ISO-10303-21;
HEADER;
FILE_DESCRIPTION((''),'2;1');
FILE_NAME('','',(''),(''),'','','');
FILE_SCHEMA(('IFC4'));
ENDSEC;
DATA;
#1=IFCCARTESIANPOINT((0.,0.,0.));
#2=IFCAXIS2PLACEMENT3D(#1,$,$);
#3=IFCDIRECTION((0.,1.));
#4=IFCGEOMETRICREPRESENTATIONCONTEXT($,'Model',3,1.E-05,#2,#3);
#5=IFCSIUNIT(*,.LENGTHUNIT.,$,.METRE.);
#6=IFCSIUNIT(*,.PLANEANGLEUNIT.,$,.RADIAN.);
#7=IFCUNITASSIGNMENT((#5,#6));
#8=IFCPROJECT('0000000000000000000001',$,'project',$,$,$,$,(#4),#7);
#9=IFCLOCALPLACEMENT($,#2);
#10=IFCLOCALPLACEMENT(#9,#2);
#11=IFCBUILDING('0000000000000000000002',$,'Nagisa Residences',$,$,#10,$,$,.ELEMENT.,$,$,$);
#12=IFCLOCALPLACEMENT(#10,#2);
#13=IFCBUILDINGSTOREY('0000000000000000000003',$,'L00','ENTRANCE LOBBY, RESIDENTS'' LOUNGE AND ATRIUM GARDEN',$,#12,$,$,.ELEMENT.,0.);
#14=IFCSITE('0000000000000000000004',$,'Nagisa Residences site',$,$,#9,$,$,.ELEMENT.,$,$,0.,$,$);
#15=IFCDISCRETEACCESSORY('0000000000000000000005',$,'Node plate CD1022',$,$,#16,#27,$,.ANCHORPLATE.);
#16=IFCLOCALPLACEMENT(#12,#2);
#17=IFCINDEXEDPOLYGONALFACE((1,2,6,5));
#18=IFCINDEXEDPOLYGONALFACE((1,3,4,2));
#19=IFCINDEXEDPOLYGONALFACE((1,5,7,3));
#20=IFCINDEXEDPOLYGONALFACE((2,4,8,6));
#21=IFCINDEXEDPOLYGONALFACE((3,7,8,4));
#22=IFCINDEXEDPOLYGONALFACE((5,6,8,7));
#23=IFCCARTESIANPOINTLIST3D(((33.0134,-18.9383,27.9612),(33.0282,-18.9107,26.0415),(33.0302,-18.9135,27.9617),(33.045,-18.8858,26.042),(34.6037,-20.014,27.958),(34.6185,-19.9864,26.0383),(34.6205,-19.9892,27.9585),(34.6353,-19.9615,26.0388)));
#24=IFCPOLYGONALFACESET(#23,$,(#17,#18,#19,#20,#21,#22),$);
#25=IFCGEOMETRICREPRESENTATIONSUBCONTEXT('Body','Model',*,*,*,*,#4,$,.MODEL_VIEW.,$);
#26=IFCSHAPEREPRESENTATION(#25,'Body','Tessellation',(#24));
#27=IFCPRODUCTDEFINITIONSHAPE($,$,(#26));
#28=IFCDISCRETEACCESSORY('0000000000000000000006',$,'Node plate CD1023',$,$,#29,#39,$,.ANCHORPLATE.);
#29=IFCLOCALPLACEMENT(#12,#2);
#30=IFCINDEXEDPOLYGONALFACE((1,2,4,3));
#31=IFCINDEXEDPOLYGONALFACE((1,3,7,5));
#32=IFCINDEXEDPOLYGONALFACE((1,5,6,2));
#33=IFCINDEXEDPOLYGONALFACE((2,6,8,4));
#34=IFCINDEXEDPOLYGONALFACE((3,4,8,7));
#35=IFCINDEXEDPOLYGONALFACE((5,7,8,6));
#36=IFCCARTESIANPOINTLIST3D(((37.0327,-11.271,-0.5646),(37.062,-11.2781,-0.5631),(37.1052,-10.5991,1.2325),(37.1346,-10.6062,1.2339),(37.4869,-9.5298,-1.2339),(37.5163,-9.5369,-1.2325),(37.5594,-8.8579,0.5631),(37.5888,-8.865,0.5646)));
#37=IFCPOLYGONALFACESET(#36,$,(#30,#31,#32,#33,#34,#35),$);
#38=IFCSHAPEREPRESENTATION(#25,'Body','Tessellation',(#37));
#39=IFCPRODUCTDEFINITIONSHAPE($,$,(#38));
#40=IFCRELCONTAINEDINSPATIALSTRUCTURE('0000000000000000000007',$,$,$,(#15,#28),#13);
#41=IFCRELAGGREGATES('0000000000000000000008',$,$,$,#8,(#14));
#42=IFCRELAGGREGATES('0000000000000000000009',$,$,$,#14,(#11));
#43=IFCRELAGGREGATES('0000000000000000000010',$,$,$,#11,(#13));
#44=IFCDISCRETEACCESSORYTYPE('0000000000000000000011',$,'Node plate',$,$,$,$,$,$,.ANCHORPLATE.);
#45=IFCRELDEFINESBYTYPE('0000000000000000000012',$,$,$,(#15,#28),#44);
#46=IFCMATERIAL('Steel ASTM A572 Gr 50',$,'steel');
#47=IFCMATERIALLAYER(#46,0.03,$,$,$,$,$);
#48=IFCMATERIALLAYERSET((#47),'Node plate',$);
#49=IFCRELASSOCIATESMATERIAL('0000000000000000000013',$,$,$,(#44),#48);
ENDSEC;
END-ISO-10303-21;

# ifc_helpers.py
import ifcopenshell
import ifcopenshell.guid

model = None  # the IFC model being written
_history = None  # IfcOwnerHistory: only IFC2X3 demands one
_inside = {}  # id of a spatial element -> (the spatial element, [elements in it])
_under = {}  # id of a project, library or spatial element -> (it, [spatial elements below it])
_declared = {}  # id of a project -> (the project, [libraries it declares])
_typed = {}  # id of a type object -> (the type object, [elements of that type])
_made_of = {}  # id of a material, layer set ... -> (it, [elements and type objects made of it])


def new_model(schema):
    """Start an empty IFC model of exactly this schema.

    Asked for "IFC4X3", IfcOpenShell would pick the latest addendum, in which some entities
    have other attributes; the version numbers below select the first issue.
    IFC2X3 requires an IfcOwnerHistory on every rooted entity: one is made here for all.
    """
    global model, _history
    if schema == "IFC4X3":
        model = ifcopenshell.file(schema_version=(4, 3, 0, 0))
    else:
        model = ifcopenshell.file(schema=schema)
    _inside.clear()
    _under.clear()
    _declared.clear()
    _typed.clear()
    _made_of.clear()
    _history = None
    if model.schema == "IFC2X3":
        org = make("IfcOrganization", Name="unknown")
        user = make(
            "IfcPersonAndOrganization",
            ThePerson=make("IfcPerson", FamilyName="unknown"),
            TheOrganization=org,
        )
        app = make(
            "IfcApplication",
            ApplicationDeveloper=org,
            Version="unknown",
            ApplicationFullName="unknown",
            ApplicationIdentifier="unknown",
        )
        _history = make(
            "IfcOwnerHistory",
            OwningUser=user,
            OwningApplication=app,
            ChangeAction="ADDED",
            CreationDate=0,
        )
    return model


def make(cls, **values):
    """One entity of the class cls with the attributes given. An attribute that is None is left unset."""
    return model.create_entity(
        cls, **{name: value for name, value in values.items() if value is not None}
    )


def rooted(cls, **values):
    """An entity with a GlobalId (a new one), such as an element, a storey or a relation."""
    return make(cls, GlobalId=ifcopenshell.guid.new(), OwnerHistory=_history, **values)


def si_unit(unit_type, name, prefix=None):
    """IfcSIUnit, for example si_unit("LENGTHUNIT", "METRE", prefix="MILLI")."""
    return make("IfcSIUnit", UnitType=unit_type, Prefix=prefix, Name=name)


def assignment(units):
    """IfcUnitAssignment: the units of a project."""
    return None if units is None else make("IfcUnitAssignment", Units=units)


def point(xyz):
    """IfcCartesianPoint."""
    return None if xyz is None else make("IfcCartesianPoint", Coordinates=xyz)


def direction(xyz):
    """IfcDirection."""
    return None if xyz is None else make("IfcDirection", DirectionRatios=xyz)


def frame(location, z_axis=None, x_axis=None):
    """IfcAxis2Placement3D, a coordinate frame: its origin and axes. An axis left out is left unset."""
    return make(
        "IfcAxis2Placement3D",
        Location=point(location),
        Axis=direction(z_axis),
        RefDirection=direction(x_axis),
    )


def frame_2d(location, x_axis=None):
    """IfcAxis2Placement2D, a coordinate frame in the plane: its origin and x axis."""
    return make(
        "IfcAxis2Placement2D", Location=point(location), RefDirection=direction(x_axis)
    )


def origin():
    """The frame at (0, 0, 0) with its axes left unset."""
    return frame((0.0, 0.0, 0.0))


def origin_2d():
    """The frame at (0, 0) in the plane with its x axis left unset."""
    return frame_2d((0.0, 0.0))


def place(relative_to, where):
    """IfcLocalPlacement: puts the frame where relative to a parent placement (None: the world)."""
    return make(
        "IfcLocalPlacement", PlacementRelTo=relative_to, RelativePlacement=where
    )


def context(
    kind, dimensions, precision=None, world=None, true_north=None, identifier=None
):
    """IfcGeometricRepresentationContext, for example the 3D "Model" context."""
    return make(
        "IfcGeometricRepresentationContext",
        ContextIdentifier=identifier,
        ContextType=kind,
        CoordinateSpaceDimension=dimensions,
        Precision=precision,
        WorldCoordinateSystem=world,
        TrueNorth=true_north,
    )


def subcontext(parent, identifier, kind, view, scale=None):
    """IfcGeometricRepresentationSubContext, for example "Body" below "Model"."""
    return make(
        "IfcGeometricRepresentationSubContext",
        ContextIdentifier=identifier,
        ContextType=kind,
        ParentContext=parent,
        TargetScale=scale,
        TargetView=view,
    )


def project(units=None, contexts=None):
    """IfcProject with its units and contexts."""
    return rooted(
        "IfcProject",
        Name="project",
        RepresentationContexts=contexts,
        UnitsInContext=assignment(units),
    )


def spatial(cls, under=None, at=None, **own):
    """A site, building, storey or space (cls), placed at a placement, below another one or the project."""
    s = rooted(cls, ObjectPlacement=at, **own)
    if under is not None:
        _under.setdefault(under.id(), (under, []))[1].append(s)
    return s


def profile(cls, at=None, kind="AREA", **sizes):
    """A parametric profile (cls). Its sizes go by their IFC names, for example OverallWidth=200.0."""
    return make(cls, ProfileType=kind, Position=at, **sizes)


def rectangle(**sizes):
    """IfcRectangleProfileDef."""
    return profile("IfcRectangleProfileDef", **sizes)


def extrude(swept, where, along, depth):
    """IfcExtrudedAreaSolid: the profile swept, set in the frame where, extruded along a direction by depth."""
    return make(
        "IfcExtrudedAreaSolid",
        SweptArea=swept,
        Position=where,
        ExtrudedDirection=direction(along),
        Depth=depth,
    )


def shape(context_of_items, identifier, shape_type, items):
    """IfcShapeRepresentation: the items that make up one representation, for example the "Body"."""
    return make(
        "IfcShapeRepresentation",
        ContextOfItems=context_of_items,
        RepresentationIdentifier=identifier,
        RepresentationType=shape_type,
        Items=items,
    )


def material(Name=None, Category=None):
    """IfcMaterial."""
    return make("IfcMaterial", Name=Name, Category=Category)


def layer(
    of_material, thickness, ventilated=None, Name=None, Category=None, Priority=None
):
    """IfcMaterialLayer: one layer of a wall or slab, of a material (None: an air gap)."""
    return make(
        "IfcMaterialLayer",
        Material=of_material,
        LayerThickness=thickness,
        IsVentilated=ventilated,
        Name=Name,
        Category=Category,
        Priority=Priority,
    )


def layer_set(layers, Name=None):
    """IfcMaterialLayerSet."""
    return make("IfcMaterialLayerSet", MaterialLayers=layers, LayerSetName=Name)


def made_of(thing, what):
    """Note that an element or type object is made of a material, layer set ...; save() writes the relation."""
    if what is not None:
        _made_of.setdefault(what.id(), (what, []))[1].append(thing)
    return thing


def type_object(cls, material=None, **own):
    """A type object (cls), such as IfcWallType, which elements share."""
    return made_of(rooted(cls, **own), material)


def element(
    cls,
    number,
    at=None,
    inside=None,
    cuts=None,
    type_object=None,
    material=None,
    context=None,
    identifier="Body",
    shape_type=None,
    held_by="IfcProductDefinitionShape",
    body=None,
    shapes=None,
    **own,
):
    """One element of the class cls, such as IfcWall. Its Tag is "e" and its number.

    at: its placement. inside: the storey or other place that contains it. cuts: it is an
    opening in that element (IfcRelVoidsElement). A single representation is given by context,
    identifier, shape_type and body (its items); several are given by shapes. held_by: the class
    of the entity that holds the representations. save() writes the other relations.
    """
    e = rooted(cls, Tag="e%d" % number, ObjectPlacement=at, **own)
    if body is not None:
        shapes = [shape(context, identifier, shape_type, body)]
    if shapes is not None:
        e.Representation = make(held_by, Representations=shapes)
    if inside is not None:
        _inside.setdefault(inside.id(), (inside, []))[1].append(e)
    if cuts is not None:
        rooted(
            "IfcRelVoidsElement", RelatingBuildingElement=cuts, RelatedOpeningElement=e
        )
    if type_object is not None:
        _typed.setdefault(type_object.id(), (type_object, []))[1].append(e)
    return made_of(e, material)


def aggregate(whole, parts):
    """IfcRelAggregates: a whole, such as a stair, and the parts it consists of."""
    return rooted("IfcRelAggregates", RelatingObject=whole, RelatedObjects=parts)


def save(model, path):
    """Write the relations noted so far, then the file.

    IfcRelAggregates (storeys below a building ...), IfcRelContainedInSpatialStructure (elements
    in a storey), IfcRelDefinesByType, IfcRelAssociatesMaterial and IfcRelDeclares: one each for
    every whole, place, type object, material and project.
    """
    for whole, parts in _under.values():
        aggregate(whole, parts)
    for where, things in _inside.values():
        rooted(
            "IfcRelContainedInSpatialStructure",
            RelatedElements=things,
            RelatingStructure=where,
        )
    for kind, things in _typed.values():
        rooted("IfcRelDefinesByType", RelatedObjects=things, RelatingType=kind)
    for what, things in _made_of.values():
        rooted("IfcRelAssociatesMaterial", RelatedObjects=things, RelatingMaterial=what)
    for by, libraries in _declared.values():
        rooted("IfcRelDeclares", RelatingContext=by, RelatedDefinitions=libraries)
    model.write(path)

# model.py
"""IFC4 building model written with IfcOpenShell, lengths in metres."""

from ifc_helpers import new_model, si_unit, direction, frame, origin, origin_2d, place, context, subcontext, project, spatial, rectangle, extrude, material, layer, layer_set, type_object, element, save


model = new_model("IFC4")

# Units and contexts
model_context = context("Model", 3, precision=1e-05, world=origin(), true_north=direction((0.0, 1.0)))
body_context = subcontext(model_context, "Body", "Model", "MODEL_VIEW")
ifc_project = project(units=[si_unit("LENGTHUNIT", "METRE"), si_unit("PLANEANGLEUNIT", "RADIAN")], contexts=[model_context])

# Site, building, storey
site_placement = place(None, origin())
site = spatial("IfcSite", under=ifc_project, at=site_placement, Name="Nagisa Residences site", CompositionType="ELEMENT", RefElevation=0.0)
building_placement = place(site_placement, origin())
building = spatial("IfcBuilding", under=site, at=building_placement, Name="Nagisa Residences", CompositionType="ELEMENT")
storey_placement = place(building_placement, origin())
storey = spatial("IfcBuildingStorey", under=building, at=storey_placement, Name="L00", Description="ENTRANCE LOBBY, RESIDENTS' LOUNGE AND ATRIUM GARDEN", CompositionType="ELEMENT", Elevation=0.0)

# Discrete accessories
ifc_material_1 = material(Name="Steel ASTM A572 Gr 50", Category="steel")
ifc_layer_1 = layer(ifc_material_1, 0.03)
ifc_layer_set_1 = layer_set([ifc_layer_1], Name="Node plate")
discrete_accessory_type = type_object("IfcDiscreteAccessoryType", Name="Node plate", PredefinedType="ANCHORPLATE", material=ifc_layer_set_1)
discrete_accessory_1_placement = place(storey_placement, frame((33.8328, -19.4375, 27.0002), z_axis=(-0.560235, -0.828174, -0.016239), x_axis=(0.007709, 0.014391, -0.999867)))
element("IfcDiscreteAccessory", 1, at=discrete_accessory_1_placement, inside=storey, type_object=discrete_accessory_type, Name="Node plate CD1022", PredefinedType="ANCHORPLATE", context=body_context, shape_type="SweptSolid", body=[
    extrude(rectangle(XDim=1.9199, YDim=1.9199, at=origin_2d()), origin(), (0.0, 0.0, 1.0), 0.03),
])
discrete_accessory_2_placement = place(storey_placement, frame((37.3254, -10.0715, 0.0007), z_axis=(-0.970873, 0.234628, -0.048544), x_axis=(0.037779, 0.34998, 0.935995)))
element("IfcDiscreteAccessory", 2, at=discrete_accessory_2_placement, inside=storey, type_object=discrete_accessory_type, Name="Node plate CD1023", PredefinedType="ANCHORPLATE", context=body_context, shape_type="SweptSolid", body=[
    extrude(rectangle(XDim=1.9199, YDim=1.9199, at=origin_2d()), origin(), (0.0, 0.0, 1.0), 0.0303),
])

save(model, "model.ifc")
